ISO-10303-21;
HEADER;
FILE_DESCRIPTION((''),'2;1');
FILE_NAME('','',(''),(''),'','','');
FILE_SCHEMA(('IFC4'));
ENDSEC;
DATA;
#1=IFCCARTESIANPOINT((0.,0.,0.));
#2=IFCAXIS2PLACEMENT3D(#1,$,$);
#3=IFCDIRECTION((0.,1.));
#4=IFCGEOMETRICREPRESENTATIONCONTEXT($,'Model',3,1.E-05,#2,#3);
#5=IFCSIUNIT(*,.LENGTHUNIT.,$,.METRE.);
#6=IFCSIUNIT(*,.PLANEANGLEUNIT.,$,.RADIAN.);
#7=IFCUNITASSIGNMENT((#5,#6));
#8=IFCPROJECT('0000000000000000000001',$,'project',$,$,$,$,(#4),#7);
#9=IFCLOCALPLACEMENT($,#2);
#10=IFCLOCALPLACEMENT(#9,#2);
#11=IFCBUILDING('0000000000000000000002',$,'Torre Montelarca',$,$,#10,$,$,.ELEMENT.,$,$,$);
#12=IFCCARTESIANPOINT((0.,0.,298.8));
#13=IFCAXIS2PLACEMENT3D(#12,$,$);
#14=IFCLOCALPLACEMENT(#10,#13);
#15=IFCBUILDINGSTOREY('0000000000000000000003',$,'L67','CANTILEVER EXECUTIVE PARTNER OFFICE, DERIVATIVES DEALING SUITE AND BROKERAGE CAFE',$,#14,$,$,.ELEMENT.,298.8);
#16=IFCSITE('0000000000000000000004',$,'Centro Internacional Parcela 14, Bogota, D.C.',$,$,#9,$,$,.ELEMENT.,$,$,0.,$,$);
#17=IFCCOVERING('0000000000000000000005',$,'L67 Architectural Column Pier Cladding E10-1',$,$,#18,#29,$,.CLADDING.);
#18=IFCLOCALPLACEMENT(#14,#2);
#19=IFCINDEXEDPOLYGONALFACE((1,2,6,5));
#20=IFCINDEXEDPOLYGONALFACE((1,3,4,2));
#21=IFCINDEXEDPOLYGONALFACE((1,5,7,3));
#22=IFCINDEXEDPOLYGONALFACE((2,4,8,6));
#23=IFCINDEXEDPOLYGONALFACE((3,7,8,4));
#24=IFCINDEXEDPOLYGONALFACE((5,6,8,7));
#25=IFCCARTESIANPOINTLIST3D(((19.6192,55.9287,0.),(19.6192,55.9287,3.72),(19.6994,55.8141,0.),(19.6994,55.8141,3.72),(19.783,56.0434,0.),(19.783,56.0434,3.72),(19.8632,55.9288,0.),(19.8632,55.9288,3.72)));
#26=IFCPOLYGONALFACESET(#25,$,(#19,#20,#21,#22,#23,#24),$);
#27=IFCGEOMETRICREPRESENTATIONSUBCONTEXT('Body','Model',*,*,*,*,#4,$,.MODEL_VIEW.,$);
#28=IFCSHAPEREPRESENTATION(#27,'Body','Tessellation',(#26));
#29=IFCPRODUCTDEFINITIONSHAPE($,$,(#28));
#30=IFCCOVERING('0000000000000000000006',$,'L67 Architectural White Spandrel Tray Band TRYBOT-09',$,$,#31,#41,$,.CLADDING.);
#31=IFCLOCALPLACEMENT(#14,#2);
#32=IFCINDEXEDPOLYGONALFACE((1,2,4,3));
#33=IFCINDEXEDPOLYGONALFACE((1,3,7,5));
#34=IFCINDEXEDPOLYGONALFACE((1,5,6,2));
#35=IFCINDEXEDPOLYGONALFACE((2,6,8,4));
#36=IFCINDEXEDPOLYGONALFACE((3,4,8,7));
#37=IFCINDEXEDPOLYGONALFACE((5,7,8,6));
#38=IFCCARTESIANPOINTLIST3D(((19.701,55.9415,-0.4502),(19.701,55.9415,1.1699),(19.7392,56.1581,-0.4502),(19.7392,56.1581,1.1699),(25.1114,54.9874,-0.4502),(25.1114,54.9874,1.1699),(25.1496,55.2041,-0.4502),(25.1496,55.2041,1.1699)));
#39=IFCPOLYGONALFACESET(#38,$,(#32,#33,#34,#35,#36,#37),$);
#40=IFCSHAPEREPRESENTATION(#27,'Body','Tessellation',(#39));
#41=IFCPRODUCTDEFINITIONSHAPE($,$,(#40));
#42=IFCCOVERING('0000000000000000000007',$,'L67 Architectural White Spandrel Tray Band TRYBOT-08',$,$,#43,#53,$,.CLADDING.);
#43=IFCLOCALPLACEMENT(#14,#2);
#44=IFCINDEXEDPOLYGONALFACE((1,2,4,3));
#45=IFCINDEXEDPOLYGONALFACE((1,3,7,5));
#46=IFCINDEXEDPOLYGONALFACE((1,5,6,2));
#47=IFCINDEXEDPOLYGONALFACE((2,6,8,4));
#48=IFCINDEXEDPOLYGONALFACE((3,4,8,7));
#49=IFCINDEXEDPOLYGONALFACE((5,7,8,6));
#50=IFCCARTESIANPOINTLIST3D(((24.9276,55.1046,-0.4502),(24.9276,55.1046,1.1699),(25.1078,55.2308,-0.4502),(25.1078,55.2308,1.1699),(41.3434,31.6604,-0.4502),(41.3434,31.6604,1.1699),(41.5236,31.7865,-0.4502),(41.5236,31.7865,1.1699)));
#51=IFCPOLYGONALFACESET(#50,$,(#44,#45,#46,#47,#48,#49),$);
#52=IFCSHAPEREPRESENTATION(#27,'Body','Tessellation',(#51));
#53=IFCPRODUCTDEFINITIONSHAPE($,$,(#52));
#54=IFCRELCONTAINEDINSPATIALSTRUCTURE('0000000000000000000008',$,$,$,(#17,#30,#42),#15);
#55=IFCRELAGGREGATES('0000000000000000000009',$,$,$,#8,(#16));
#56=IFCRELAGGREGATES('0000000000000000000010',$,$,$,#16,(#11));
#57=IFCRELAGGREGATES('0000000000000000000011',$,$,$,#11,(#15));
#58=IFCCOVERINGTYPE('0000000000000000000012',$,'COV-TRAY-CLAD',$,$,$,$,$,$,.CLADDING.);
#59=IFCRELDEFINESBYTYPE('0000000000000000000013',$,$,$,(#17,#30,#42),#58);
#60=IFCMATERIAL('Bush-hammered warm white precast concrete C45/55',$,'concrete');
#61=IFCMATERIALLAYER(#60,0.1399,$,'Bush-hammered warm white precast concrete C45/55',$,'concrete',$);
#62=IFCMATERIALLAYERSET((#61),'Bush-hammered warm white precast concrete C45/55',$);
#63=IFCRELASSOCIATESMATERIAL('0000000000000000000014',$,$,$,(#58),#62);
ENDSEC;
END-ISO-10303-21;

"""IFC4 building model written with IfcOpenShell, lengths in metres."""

from ifc_helpers import new_model, si_unit, direction, frame, origin, origin_2d, place, context, subcontext, project, spatial, rectangle, extrude, source, transform, mapped, material, layer, layer_set, type_object, element, save


model = new_model("IFC4")

# Units and contexts
model_context = context("Model", 3, precision=1e-05, world=origin(), true_north=direction((0.0, 1.0)))
body_context = subcontext(model_context, "Body", "Model", "MODEL_VIEW")
ifc_project = project(units=[si_unit("LENGTHUNIT", "METRE"), si_unit("PLANEANGLEUNIT", "RADIAN")], contexts=[model_context])

# Site, building, storey
site_placement = place(None, origin())
site = spatial("IfcSite", under=ifc_project, at=site_placement, Name="Centro Internacional Parcela 14, Bogota, D.C.", CompositionType="ELEMENT", RefElevation=0.0)
building_placement = place(site_placement, origin())
building = spatial("IfcBuilding", under=site, at=building_placement, Name="Torre Montelarca", CompositionType="ELEMENT")
storey_placement = place(building_placement, frame((0.0, 0.0, 298.8)))
storey = spatial("IfcBuildingStorey", under=building, at=storey_placement, Name="L67", Description="CANTILEVER EXECUTIVE PARTNER OFFICE, DERIVATIVES DEALING SUITE AND BROKERAGE CAFE", CompositionType="ELEMENT", Elevation=298.8)

# Coverings
ifc_material_1 = material(Name="Bush-hammered warm white precast concrete C45/55", Category="concrete")
ifc_layer_1 = layer(ifc_material_1, 0.1399, Name="Bush-hammered warm white precast concrete C45/55", Category="concrete")
ifc_layer_set_1 = layer_set([ifc_layer_1], Name="Bush-hammered warm white precast concrete C45/55")
covering_type = type_object("IfcCoveringType", Name="COV-TRAY-CLAD", PredefinedType="CLADDING", material=ifc_layer_set_1)
shared_shape_1 = source(origin(), body_context, "Body", "SweptSolid", [
    extrude(rectangle(XDim=0.2, YDim=0.1399, at=origin_2d()), origin(), (0.0, 0.0, 1.0), 3.72),
])
for number, where, z_axis, x_axis, name in (
    (1, (19.7412, 55.9287, 0.0), (0.0, 0.0, 1.0), (-0.819153, -0.573575, 0.0), "L67 Architectural Column Pier Cladding E10-1"),
):
    element("IfcCovering", number, at=place(storey_placement, frame(where, z_axis=z_axis, x_axis=x_axis)), inside=storey, type_object=covering_type, Name=name, PredefinedType="CLADDING", context=body_context, shape_type="MappedRepresentation", body=[
        mapped(shared_shape_1, transform((0.0, 0.0, 0.0), scale=1.0)),
    ])
shared_shape_2 = source(origin(), body_context, "Body", "SweptSolid", [
    extrude(rectangle(XDim=5.4939, YDim=0.22, at=origin_2d()), origin(), (0.0, 0.0, 1.0), 1.6201),
])
covering_1_placement = place(storey_placement, frame((22.4253, 55.5728, -0.4502), z_axis=(0.0, 0.0, 1.0), x_axis=(-0.984807, 0.173653, 0.0)))
element("IfcCovering", 2, at=covering_1_placement, inside=storey, type_object=covering_type, Name="L67 Architectural White Spandrel Tray Band TRYBOT-09", PredefinedType="CLADDING", context=body_context, shape_type="MappedRepresentation", body=[
    mapped(shared_shape_2, transform((0.0, 0.0, 0.0), scale=1.0)),
])
shared_shape_3 = source(origin(), body_context, "Body", "SweptSolid", [
    extrude(rectangle(XDim=28.6201, YDim=0.22, at=origin_2d()), origin(), (0.0, 0.0, 1.0), 1.6201),
])
covering_2_placement = place(storey_placement, frame((33.2256, 43.4456, -0.4502), z_axis=(0.0, 0.0, 1.0), x_axis=(-0.573576, 0.819152, 0.0)))
element("IfcCovering", 3, at=covering_2_placement, inside=storey, type_object=covering_type, Name="L67 Architectural White Spandrel Tray Band TRYBOT-08", PredefinedType="CLADDING", context=body_context, shape_type="MappedRepresentation", body=[
    mapped(shared_shape_3, transform((0.0, 0.0, 0.0), scale=1.0)),
])

save(model, "model.ifc")
